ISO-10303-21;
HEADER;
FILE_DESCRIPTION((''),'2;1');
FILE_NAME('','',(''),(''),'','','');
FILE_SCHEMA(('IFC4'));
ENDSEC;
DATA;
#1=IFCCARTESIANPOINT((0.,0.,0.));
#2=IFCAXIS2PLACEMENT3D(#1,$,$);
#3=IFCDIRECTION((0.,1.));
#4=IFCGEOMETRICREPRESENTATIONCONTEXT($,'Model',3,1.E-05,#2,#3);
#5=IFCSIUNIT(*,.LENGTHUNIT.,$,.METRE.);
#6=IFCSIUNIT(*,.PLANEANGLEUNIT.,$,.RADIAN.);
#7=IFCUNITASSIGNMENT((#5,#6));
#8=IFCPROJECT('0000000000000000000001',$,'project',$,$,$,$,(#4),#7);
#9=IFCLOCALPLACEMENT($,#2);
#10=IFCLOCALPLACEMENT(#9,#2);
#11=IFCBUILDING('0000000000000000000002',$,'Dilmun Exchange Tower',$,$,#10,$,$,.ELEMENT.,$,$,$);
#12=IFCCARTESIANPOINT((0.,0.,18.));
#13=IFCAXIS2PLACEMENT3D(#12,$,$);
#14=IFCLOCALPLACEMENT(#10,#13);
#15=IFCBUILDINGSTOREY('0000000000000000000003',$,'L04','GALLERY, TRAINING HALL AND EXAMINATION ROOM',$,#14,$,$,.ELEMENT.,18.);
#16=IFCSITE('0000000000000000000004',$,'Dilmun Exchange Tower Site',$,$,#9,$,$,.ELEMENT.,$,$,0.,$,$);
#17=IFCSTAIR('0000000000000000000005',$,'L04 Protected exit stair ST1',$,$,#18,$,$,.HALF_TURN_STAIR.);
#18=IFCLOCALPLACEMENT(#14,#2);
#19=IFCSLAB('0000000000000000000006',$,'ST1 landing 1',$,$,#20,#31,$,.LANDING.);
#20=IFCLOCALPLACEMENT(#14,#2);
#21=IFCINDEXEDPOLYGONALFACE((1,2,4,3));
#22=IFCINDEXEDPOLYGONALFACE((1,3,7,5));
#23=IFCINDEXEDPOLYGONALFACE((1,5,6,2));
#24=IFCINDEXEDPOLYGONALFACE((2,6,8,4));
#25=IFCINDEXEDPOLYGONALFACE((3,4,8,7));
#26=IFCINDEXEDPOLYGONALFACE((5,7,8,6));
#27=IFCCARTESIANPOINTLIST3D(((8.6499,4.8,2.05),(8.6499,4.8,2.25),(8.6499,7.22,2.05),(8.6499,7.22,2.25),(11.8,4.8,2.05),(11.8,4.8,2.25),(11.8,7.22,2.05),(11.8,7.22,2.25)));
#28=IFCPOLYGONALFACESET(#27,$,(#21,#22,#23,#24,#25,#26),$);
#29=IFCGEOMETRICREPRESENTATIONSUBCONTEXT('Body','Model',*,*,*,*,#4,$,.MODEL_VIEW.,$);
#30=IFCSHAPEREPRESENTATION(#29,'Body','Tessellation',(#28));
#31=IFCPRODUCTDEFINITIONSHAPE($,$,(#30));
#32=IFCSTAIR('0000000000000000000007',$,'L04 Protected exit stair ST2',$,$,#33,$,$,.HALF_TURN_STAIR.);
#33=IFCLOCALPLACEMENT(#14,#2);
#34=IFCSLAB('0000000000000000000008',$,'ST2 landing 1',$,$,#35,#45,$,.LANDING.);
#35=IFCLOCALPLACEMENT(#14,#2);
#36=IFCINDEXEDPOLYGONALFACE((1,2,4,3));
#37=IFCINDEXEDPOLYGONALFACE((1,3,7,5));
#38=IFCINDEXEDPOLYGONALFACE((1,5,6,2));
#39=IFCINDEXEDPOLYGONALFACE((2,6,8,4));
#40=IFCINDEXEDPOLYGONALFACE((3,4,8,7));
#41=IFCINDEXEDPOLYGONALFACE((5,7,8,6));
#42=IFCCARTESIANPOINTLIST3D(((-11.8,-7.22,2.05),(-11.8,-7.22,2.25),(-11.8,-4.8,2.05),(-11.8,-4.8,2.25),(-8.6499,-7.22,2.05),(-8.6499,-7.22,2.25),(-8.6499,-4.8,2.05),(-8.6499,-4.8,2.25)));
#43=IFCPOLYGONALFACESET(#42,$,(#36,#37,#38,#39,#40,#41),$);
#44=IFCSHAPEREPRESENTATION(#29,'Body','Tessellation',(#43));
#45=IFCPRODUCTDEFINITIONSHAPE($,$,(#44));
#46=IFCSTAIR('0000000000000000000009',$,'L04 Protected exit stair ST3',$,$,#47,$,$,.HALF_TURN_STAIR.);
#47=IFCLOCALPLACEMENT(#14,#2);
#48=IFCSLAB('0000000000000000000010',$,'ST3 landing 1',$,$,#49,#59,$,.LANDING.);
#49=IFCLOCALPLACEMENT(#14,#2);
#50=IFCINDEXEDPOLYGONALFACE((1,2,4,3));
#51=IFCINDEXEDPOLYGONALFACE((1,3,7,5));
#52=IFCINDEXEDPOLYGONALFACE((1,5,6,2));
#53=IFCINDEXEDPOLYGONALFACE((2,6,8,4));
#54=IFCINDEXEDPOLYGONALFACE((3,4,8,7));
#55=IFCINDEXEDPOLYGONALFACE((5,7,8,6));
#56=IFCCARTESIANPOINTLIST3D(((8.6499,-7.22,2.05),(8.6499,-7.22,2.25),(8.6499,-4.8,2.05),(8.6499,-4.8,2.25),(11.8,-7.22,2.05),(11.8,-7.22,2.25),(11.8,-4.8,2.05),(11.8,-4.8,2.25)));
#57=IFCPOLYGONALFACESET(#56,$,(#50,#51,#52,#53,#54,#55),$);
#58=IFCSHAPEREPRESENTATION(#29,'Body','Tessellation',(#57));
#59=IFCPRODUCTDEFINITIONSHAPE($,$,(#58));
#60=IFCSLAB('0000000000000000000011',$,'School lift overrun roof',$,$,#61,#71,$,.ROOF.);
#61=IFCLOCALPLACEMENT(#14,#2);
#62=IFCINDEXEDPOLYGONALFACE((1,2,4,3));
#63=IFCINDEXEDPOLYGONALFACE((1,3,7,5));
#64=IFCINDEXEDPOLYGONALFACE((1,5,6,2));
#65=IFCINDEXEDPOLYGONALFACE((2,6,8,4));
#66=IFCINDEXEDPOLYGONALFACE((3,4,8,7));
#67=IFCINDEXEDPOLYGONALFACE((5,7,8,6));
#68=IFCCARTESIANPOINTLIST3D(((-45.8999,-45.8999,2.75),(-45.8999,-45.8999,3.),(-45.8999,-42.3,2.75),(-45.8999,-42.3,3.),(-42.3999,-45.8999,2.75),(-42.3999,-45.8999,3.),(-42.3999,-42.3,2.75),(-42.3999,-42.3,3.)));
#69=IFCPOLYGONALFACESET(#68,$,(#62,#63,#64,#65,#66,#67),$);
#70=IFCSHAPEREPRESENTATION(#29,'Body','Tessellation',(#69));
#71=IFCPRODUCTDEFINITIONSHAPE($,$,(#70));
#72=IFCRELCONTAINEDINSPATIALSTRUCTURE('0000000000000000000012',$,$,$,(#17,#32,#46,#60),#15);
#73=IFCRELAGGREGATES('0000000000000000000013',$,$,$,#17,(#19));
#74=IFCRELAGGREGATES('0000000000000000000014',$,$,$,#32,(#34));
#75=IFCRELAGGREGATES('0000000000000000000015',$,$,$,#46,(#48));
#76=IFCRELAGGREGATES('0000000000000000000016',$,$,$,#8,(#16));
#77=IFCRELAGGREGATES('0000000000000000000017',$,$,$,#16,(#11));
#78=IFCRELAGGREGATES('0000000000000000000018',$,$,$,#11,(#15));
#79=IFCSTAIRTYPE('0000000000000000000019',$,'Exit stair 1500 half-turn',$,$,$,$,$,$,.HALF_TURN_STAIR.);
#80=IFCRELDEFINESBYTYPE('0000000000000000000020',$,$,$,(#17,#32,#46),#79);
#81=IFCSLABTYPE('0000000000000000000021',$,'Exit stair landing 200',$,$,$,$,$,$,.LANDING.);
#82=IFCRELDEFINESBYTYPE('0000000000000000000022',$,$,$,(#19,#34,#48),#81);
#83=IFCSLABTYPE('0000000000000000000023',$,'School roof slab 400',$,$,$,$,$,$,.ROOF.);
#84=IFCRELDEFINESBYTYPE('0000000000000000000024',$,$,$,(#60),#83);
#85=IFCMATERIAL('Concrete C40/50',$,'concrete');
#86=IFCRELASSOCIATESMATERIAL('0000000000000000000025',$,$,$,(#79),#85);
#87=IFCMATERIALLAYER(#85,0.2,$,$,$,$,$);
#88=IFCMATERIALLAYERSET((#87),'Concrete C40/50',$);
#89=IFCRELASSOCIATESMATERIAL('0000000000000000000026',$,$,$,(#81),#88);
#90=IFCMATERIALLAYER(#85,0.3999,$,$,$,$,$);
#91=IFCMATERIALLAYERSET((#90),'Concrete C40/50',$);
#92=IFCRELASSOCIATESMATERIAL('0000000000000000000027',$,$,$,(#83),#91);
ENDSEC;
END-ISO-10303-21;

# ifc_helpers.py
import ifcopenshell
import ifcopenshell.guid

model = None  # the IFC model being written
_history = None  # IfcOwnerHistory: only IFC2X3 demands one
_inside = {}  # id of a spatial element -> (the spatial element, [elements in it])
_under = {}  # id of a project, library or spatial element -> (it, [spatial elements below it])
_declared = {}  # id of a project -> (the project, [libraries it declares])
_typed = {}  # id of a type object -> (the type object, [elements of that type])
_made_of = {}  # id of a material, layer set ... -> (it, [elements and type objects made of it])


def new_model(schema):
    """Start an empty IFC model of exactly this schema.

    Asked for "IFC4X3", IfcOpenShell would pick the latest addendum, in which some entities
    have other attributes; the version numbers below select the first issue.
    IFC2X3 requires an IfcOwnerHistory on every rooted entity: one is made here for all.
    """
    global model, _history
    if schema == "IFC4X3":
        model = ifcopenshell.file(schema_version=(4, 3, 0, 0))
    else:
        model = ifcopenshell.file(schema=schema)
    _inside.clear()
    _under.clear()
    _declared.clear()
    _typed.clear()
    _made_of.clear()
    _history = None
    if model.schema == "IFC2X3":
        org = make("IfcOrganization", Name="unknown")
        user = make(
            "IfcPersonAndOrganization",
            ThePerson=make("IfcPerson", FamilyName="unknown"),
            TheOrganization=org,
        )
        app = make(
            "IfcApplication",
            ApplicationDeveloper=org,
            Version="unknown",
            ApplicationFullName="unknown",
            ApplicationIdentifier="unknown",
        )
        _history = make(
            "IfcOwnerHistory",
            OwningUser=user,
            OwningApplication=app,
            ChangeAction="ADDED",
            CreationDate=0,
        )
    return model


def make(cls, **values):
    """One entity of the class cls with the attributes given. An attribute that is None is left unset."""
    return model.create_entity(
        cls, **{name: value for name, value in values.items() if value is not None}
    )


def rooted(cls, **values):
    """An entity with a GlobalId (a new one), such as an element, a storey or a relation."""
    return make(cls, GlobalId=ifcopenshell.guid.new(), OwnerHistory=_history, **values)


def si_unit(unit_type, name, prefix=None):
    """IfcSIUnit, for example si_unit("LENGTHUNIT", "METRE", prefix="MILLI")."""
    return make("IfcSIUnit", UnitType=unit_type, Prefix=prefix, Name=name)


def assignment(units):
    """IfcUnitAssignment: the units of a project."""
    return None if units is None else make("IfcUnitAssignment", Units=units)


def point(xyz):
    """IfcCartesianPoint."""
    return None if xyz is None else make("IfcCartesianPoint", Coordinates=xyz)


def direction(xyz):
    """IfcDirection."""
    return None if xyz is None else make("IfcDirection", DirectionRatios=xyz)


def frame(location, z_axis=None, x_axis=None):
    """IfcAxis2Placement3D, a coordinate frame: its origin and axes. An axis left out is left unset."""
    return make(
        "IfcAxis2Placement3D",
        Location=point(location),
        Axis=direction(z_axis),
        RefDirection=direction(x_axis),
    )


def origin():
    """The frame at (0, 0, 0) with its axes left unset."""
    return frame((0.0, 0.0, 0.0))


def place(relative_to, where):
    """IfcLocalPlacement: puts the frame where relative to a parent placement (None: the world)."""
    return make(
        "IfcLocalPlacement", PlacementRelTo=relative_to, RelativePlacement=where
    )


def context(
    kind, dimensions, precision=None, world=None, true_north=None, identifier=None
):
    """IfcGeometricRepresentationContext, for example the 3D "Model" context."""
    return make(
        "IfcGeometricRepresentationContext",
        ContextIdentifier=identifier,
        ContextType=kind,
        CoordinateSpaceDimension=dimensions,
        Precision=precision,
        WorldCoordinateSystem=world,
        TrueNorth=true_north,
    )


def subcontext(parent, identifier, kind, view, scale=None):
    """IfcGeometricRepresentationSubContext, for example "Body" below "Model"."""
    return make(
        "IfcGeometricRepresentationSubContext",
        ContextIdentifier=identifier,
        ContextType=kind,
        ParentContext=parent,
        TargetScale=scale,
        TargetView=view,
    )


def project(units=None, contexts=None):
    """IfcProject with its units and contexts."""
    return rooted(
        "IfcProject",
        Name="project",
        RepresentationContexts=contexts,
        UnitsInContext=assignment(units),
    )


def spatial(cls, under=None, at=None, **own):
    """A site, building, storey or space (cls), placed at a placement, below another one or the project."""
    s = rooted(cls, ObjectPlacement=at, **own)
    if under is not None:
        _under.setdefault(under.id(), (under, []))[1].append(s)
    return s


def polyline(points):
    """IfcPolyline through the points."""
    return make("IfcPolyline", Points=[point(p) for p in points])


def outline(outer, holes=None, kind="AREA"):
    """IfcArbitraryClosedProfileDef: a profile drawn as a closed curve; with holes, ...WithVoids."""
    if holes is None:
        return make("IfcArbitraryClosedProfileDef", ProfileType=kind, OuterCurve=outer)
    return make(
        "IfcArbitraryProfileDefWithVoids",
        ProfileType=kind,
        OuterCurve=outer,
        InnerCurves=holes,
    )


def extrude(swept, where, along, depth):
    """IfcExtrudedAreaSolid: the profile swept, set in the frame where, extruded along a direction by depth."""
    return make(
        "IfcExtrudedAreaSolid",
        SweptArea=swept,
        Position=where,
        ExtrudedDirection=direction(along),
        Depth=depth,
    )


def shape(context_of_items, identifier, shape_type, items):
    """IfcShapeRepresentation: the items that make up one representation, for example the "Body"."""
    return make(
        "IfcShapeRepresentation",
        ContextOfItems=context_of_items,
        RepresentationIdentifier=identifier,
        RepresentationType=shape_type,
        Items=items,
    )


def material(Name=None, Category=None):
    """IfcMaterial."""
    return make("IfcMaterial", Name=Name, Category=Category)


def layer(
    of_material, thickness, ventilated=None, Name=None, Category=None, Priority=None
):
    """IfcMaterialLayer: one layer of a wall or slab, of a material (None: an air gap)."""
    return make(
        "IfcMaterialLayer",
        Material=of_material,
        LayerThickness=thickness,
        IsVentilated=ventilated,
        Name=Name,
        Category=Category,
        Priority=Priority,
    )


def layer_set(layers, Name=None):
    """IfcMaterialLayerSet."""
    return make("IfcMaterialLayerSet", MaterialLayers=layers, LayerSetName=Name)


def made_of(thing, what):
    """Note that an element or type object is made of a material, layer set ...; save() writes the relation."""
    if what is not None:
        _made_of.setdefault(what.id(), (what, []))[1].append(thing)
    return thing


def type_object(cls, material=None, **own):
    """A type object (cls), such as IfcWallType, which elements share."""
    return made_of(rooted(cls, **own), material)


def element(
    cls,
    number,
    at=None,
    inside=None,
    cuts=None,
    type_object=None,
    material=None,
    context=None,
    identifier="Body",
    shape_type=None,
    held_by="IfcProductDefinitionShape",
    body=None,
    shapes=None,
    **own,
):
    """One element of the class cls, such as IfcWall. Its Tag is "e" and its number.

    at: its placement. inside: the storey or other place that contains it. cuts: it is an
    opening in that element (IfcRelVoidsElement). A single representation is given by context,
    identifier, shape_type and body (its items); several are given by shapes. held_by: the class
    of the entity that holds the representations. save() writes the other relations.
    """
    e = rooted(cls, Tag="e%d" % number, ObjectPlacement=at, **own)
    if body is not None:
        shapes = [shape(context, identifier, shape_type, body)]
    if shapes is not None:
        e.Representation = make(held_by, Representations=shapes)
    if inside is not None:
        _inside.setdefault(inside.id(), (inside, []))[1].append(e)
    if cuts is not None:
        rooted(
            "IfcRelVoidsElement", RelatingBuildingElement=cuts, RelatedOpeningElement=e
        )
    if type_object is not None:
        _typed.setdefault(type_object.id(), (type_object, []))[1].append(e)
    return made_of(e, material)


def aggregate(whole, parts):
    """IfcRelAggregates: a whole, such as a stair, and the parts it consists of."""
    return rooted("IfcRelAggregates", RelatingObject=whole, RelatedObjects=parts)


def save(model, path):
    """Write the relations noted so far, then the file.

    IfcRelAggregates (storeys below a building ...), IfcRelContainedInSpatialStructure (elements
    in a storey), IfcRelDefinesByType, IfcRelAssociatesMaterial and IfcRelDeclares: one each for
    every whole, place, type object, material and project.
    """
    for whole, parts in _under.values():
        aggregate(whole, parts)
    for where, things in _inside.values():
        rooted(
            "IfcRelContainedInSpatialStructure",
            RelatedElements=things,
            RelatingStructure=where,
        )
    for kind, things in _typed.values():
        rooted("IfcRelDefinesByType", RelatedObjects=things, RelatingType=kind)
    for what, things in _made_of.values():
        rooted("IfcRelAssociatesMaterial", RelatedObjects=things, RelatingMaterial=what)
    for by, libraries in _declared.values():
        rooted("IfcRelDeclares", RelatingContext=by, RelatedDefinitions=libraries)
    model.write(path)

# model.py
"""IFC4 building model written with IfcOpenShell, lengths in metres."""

from ifc_helpers import new_model, si_unit, direction, frame, origin, place, context, subcontext, project, spatial, polyline, outline, extrude, material, layer, layer_set, type_object, element, aggregate, save


model = new_model("IFC4")

# Units and contexts
model_context = context("Model", 3, precision=1e-05, world=origin(), true_north=direction((0.0, 1.0)))
body_context = subcontext(model_context, "Body", "Model", "MODEL_VIEW")
ifc_project = project(units=[si_unit("LENGTHUNIT", "METRE"), si_unit("PLANEANGLEUNIT", "RADIAN")], contexts=[model_context])

# Site, building, storey
site_placement = place(None, origin())
site = spatial("IfcSite", under=ifc_project, at=site_placement, Name="Dilmun Exchange Tower Site", CompositionType="ELEMENT", RefElevation=0.0)
building_placement = place(site_placement, origin())
building = spatial("IfcBuilding", under=site, at=building_placement, Name="Dilmun Exchange Tower", CompositionType="ELEMENT")
storey_placement = place(building_placement, frame((0.0, 0.0, 18.0)))
storey = spatial("IfcBuildingStorey", under=building, at=storey_placement, Name="L04", Description="GALLERY, TRAINING HALL AND EXAMINATION ROOM", CompositionType="ELEMENT", Elevation=18.0)

# Stairs, slabs
ifc_material_1 = material(Name="Concrete C40/50", Category="concrete")
stair_type = type_object("IfcStairType", Name="Exit stair 1500 half-turn", PredefinedType="HALF_TURN_STAIR", material=ifc_material_1)
stair_1_placement = place(storey_placement, origin())
stair_1 = element("IfcStair", 1, at=stair_1_placement, inside=storey, type_object=stair_type, Name="L04 Protected exit stair ST1", PredefinedType="HALF_TURN_STAIR")
ifc_layer_1 = layer(ifc_material_1, 0.2)
ifc_layer_set_1 = layer_set([ifc_layer_1], Name="Concrete C40/50")
slab_type_1 = type_object("IfcSlabType", Name="Exit stair landing 200", PredefinedType="LANDING", material=ifc_layer_set_1)
slab_1_placement = place(storey_placement, frame((0.0, 0.0, 2.05)))
slab_1 = element("IfcSlab", 2, at=slab_1_placement, type_object=slab_type_1, Name="ST1 landing 1", PredefinedType="LANDING", context=body_context, shape_type="SweptSolid", body=[
    extrude(outline(polyline([(8.6499, 7.22), (8.6499, 4.8), (11.8, 4.8), (11.8, 7.22), (8.6499, 7.22)])), origin(), (0.0, 0.0, 1.0), 0.2),
])
aggregate(stair_1, [slab_1])
stair_2_placement = place(storey_placement, origin())
stair_2 = element("IfcStair", 3, at=stair_2_placement, inside=storey, type_object=stair_type, Name="L04 Protected exit stair ST2", PredefinedType="HALF_TURN_STAIR")
slab_2_placement = place(storey_placement, frame((0.0, 0.0, 2.05)))
slab_2 = element("IfcSlab", 4, at=slab_2_placement, type_object=slab_type_1, Name="ST2 landing 1", PredefinedType="LANDING", context=body_context, shape_type="SweptSolid", body=[
    extrude(outline(polyline([(-8.6499, -7.22), (-8.6499, -4.8), (-11.8, -4.8), (-11.8, -7.22), (-8.6499, -7.22)])), origin(), (0.0, 0.0, 1.0), 0.2),
])
aggregate(stair_2, [slab_2])
stair_3_placement = place(storey_placement, origin())
stair_3 = element("IfcStair", 5, at=stair_3_placement, inside=storey, type_object=stair_type, Name="L04 Protected exit stair ST3", PredefinedType="HALF_TURN_STAIR")
slab_3_placement = place(storey_placement, frame((0.0, 0.0, 2.05)))
slab_3 = element("IfcSlab", 6, at=slab_3_placement, type_object=slab_type_1, Name="ST3 landing 1", PredefinedType="LANDING", context=body_context, shape_type="SweptSolid", body=[
    extrude(outline(polyline([(11.8, -7.22), (11.8, -4.8), (8.6499, -4.8), (8.6499, -7.22), (11.8, -7.22)])), origin(), (0.0, 0.0, 1.0), 0.2),
])
aggregate(stair_3, [slab_3])

# Slab
ifc_layer_2 = layer(ifc_material_1, 0.3999)
ifc_layer_set_2 = layer_set([ifc_layer_2], Name="Concrete C40/50")
slab_type_2 = type_object("IfcSlabType", Name="School roof slab 400", PredefinedType="ROOF", material=ifc_layer_set_2)
slab_4_placement = place(storey_placement, frame((0.0, 0.0, 2.75)))
element("IfcSlab", 7, at=slab_4_placement, inside=storey, type_object=slab_type_2, Name="School lift overrun roof", PredefinedType="ROOF", context=body_context, shape_type="SweptSolid", body=[
    extrude(outline(polyline([(-45.8999, -45.8999), (-45.8999, -42.3), (-42.3999, -42.3), (-42.3999, -45.8999), (-45.8999, -45.8999)])), origin(), (0.0, 0.0, 1.0), 0.25),
])

save(model, "model.ifc")
